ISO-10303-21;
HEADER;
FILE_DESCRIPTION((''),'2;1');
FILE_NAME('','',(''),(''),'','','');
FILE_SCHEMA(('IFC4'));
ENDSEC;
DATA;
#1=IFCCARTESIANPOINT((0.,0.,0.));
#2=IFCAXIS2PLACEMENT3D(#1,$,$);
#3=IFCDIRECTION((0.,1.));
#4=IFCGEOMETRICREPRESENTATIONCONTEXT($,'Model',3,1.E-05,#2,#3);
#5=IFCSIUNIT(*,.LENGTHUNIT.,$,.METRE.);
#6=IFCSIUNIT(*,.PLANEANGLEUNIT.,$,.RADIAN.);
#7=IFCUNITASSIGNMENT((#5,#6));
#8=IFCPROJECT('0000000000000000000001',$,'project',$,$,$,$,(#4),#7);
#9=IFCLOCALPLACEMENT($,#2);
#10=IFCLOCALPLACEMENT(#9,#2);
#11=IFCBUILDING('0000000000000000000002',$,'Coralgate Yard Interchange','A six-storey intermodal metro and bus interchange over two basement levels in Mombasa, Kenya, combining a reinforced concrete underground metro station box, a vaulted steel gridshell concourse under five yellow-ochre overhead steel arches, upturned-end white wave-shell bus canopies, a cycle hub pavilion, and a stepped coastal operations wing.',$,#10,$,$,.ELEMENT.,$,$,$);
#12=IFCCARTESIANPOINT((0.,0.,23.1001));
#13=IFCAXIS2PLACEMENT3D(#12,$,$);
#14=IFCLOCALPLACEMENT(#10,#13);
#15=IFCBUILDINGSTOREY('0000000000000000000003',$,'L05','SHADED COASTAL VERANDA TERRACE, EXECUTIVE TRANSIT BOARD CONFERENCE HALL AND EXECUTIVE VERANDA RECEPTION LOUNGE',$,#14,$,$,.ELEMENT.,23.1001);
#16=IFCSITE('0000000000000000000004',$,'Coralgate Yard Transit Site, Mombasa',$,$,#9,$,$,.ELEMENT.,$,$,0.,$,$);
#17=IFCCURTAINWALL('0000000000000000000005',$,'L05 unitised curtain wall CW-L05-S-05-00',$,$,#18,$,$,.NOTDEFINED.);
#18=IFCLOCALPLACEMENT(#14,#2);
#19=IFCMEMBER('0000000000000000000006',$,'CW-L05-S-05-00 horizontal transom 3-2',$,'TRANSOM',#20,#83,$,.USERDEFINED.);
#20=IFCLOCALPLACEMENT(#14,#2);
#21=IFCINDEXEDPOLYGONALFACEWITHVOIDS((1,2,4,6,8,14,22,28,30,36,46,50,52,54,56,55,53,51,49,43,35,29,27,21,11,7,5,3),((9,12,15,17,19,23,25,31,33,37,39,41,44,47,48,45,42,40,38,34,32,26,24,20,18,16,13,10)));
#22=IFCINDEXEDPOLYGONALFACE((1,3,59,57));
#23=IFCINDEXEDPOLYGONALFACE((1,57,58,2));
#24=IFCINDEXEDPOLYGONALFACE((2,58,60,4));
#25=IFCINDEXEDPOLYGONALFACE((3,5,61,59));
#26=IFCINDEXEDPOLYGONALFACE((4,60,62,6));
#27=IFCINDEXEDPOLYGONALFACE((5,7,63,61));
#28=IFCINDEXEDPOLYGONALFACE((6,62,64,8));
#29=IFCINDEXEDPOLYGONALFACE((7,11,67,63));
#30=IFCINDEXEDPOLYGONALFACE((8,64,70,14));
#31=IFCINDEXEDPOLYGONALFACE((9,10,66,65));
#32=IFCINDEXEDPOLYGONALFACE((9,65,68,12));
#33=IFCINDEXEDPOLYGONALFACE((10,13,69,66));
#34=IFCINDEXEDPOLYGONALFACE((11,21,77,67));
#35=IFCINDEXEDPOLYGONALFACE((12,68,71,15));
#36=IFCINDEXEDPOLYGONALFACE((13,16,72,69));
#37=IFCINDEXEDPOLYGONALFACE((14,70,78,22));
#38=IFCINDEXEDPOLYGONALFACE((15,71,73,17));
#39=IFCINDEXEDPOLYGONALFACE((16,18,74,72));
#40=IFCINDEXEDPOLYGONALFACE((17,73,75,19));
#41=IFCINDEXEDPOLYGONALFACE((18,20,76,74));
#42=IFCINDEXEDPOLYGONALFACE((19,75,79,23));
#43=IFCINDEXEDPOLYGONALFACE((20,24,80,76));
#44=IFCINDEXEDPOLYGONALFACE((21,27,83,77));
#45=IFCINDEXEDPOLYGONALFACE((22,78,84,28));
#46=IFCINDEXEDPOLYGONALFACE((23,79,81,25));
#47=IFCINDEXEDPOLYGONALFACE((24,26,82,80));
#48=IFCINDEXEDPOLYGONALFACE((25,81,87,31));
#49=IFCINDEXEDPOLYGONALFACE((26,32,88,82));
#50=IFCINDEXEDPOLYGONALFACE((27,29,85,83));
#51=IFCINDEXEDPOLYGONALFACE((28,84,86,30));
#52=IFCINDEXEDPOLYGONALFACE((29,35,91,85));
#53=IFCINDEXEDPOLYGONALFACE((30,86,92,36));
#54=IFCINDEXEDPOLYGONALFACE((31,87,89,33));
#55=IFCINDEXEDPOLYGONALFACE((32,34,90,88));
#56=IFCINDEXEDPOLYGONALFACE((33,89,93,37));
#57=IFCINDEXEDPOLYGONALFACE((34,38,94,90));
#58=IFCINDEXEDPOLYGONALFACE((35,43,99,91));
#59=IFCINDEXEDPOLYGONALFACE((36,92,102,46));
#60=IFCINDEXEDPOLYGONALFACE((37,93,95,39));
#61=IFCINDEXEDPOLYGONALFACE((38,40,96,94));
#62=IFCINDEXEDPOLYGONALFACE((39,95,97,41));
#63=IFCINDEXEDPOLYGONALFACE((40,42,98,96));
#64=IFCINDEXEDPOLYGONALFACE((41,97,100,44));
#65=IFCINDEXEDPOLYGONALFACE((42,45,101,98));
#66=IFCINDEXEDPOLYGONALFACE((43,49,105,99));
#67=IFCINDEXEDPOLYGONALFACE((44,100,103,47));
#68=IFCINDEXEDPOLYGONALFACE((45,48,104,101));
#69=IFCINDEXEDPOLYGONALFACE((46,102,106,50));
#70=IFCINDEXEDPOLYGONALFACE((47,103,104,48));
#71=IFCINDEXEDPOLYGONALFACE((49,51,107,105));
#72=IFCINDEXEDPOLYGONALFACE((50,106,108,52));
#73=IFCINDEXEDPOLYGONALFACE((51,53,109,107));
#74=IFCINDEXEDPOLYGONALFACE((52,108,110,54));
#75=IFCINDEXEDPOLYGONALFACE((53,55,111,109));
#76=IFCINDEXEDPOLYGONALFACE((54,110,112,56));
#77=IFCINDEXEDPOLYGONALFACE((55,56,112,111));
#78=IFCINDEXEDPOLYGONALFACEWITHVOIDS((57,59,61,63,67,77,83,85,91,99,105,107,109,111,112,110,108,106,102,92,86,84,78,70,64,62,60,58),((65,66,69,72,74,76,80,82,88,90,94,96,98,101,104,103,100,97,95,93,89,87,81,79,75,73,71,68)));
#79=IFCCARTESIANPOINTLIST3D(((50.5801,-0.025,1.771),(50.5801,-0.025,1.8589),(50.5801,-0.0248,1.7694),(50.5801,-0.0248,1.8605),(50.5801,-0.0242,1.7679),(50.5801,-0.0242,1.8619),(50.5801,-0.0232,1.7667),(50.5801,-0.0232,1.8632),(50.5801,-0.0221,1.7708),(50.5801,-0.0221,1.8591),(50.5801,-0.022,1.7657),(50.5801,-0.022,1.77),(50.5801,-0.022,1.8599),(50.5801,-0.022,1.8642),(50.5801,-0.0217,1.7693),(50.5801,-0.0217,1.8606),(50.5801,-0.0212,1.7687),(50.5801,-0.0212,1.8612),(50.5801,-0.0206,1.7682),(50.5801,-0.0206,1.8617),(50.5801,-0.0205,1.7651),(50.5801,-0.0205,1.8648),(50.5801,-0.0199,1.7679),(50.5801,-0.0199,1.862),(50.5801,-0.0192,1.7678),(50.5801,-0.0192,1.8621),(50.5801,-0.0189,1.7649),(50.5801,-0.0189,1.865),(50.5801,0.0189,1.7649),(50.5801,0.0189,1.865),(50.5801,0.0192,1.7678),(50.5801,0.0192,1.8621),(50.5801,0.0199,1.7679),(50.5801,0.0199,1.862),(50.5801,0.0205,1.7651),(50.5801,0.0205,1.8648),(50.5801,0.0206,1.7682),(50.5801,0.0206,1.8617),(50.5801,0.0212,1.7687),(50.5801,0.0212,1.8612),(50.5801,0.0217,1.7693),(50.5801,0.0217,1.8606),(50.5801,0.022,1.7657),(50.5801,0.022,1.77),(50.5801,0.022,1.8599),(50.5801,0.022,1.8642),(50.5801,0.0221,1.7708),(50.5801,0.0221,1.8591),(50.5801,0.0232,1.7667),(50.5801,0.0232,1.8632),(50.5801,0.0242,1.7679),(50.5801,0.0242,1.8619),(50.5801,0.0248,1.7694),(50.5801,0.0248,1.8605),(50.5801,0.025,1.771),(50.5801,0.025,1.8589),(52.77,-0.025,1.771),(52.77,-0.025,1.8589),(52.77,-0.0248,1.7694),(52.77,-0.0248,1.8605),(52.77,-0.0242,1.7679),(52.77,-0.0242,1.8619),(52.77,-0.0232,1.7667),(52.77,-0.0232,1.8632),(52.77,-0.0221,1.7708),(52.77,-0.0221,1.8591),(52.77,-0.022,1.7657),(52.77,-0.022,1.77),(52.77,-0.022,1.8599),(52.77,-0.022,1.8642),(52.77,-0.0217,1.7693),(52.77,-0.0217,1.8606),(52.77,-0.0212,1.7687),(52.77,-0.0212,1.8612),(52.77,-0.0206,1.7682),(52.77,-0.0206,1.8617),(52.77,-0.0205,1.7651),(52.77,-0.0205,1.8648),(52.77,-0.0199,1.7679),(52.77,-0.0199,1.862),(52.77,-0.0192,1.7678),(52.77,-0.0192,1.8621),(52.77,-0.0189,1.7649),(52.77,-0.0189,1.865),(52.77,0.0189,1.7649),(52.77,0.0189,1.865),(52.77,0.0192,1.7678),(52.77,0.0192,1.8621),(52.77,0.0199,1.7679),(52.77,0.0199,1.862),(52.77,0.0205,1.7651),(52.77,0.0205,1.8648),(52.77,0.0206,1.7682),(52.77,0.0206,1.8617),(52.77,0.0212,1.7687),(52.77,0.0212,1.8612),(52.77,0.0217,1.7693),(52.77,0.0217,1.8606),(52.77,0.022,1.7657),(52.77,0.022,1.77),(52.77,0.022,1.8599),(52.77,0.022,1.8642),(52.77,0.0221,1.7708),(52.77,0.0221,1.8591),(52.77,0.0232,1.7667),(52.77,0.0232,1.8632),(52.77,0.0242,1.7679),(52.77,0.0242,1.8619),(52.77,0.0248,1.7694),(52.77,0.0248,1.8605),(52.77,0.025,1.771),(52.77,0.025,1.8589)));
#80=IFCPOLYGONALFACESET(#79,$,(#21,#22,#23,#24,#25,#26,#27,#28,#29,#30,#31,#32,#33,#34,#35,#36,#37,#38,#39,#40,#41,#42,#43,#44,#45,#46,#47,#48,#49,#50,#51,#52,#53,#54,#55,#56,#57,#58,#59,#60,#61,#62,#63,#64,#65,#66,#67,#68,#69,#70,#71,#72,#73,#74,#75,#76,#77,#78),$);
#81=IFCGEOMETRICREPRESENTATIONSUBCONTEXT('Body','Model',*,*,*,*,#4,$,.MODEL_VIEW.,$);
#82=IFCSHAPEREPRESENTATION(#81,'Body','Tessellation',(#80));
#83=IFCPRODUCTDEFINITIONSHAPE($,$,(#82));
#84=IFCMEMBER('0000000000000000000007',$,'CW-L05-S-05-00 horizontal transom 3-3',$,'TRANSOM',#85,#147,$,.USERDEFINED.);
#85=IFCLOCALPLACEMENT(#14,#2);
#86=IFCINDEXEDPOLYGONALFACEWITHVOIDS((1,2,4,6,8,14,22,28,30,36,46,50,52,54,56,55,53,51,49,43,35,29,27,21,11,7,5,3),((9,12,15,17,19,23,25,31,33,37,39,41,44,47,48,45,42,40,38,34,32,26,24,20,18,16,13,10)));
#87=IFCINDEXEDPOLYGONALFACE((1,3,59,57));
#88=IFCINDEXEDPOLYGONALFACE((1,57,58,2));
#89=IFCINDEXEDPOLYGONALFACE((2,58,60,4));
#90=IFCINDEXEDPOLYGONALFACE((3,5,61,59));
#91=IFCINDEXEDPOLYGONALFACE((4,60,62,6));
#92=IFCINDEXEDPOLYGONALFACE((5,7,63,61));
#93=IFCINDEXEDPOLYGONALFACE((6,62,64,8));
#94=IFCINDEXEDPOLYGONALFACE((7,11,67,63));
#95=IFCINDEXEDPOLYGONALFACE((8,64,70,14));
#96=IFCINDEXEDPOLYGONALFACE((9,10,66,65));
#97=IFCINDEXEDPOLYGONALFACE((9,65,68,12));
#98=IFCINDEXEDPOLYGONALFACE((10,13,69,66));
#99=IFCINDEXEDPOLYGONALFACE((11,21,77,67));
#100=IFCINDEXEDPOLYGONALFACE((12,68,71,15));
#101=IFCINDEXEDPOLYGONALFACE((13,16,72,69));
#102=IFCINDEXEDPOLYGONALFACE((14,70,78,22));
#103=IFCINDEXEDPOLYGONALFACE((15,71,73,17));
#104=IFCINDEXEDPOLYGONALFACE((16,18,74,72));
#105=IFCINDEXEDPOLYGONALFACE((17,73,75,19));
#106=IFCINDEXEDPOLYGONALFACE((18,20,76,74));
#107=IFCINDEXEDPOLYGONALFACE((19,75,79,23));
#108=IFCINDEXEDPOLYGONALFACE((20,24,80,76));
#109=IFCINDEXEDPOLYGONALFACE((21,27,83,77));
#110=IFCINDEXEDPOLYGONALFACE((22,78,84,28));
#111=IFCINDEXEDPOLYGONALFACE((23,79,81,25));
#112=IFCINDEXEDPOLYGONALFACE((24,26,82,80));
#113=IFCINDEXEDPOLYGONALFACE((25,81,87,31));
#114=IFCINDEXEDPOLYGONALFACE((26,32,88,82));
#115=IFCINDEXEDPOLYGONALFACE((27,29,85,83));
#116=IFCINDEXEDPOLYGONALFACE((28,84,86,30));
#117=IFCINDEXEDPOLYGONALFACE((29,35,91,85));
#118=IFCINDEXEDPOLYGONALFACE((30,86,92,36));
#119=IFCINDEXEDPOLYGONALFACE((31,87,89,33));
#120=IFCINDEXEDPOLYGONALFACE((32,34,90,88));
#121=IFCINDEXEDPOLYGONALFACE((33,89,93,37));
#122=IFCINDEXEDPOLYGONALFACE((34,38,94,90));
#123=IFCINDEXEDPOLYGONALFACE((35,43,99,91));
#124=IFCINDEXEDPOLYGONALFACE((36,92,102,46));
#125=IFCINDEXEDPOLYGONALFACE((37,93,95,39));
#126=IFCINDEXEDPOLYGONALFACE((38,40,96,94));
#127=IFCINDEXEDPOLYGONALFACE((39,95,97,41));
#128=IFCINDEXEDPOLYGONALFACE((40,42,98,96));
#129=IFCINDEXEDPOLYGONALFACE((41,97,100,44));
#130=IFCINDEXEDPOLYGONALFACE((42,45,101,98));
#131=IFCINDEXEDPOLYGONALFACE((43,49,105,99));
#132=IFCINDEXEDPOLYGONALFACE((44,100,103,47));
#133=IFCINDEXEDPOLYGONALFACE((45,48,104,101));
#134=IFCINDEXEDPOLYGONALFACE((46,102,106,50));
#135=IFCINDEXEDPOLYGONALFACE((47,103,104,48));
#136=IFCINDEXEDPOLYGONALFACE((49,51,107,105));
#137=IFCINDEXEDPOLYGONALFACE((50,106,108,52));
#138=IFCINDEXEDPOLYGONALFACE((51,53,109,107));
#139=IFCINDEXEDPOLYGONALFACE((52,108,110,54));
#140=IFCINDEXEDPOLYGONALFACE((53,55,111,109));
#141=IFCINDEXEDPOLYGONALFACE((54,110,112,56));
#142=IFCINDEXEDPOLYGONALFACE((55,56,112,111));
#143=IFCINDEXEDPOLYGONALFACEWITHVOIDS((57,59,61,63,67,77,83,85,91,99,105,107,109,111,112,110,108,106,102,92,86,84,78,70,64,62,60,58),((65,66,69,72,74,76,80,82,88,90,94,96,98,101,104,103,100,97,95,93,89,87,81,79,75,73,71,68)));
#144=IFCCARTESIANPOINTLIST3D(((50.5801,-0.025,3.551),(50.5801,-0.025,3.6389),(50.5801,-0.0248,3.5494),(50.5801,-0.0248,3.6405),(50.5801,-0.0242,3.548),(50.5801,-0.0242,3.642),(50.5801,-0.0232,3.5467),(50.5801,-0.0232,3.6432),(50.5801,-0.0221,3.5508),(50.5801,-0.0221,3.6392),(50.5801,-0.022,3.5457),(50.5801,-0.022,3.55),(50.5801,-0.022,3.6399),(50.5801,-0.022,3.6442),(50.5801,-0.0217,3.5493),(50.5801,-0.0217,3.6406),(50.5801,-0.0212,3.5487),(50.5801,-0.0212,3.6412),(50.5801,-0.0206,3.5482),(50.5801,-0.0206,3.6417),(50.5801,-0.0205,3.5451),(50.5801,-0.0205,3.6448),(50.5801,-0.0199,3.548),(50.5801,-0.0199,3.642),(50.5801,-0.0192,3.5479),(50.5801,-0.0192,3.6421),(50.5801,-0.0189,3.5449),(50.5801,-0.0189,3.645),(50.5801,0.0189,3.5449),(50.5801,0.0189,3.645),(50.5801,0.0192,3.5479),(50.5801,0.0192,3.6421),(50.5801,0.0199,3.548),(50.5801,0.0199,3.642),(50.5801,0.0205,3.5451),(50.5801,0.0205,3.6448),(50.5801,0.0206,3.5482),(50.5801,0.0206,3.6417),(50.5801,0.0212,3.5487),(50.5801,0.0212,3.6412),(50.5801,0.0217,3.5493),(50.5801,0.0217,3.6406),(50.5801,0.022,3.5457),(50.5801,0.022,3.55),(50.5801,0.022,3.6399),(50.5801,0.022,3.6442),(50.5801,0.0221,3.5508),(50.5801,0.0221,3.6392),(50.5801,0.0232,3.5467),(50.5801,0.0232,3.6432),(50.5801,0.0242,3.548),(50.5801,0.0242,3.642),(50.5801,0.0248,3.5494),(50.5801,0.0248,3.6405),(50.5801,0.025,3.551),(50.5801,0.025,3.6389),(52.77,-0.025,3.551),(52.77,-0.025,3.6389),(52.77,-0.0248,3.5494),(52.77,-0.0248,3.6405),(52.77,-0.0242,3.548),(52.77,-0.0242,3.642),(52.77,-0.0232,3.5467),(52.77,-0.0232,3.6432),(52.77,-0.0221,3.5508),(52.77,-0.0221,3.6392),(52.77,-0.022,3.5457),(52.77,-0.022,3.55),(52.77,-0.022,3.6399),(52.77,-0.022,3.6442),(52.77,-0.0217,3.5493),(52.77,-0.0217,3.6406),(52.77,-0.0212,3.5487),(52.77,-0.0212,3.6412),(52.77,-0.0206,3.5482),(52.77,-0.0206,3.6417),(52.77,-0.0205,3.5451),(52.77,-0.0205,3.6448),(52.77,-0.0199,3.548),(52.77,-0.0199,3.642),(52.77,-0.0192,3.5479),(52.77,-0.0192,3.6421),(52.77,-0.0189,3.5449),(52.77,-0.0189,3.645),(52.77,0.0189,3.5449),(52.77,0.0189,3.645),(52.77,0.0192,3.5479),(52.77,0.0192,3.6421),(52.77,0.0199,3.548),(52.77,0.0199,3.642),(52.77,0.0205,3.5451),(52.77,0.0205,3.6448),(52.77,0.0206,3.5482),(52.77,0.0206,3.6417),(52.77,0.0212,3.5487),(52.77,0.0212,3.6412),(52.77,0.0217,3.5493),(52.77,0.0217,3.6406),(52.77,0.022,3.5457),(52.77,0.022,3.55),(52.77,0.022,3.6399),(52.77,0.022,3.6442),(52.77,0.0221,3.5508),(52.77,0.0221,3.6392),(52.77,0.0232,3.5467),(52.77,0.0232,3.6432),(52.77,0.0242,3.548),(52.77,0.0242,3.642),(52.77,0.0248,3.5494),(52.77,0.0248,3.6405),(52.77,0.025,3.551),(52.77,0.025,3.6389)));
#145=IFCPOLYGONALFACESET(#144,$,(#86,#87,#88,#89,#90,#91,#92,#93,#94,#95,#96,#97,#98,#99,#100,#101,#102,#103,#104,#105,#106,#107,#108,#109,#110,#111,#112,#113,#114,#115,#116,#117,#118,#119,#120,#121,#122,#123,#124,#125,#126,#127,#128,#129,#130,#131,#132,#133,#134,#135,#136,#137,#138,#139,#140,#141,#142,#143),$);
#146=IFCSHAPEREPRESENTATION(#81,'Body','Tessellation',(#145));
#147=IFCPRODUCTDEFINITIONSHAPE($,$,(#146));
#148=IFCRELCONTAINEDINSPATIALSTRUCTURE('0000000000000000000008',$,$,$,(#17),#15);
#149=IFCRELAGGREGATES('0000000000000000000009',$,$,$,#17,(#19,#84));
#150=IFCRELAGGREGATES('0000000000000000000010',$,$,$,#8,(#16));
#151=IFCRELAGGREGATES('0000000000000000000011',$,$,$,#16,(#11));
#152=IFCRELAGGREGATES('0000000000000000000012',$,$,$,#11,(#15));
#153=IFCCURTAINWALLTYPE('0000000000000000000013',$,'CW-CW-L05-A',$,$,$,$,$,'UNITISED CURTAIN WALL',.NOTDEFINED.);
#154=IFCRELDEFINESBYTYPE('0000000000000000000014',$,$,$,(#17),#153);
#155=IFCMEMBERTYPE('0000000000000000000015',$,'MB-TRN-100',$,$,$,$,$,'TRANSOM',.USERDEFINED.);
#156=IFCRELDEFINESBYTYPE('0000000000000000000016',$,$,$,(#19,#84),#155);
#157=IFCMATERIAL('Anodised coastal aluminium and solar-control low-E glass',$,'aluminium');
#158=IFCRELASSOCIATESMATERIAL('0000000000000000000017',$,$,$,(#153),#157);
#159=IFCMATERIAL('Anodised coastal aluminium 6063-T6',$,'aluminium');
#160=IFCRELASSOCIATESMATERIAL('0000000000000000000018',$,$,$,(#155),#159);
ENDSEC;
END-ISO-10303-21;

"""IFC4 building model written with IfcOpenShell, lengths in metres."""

from ifc_helpers import new_model, si_unit, direction, frame, origin, origin_2d, place, context, subcontext, project, spatial, hollow_rectangle, extrude, material, material_profile, profile_set, type_object, element, aggregate, save


model = new_model("IFC4")

# Units and contexts
model_context = context("Model", 3, precision=1e-05, world=origin(), true_north=direction((0.0, 1.0)))
body_context = subcontext(model_context, "Body", "Model", "MODEL_VIEW")
ifc_project = project(units=[si_unit("LENGTHUNIT", "METRE"), si_unit("PLANEANGLEUNIT", "RADIAN")], contexts=[model_context])

# Site, building, storey
site_placement = place(None, origin())
site = spatial("IfcSite", under=ifc_project, at=site_placement, Name="Coralgate Yard Transit Site, Mombasa", CompositionType="ELEMENT", RefElevation=0.0)
building_placement = place(site_placement, origin())
building = spatial("IfcBuilding", under=site, at=building_placement, Name="Coralgate Yard Interchange", Description="A six-storey intermodal metro and bus interchange over two basement levels in Mombasa, Kenya, combining a reinforced concrete underground metro station box, a vaulted steel gridshell concourse under five yellow-ochre overhead steel arches, upturned-end white wave-shell bus canopies, a cycle hub pavilion, and a stepped coastal operations wing.", CompositionType="ELEMENT")
storey_placement = place(building_placement, frame((0.0, 0.0, 23.1001)))
storey = spatial("IfcBuildingStorey", under=building, at=storey_placement, Name="L05", Description="SHADED COASTAL VERANDA TERRACE, EXECUTIVE TRANSIT BOARD CONFERENCE HALL AND EXECUTIVE VERANDA RECEPTION LOUNGE", CompositionType="ELEMENT", Elevation=23.1001)

# Curtain wall, members
ifc_material_1 = material(Name="Anodised coastal aluminium and solar-control low-E glass", Category="aluminium")
curtain_wall_type = type_object("IfcCurtainWallType", Name="CW-CW-L05-A", ElementType="UNITISED CURTAIN WALL", PredefinedType="NOTDEFINED", material=ifc_material_1)
curtain_wall_placement = place(storey_placement, origin())
curtain_wall = element("IfcCurtainWall", 1, at=curtain_wall_placement, inside=storey, type_object=curtain_wall_type, Name="L05 unitised curtain wall CW-L05-S-05-00", PredefinedType="NOTDEFINED")
ifc_material_2 = material(Name="Anodised coastal aluminium 6063-T6", Category="aluminium")
ifc_material_profile_1 = material_profile(ifc_material_2, hollow_rectangle(XDim=0.05, YDim=0.1001, WallThickness=0.0029, InnerFilletRadius=0.0029, OuterFilletRadius=0.0061, at=origin_2d()), Name="ALU 50x100x3")
ifc_profile_set_1 = profile_set([ifc_material_profile_1], Name="Anodised coastal aluminium 6063-T6")
member_type_1 = type_object("IfcMemberType", Name="MB-TRN-100", ElementType="TRANSOM", PredefinedType="USERDEFINED", material=ifc_profile_set_1)
member_1_placement = place(storey_placement, frame((52.77, 0.0, 1.8149), z_axis=(-1.0, 0.0, 0.0), x_axis=(0.0, -1.0, 0.0)))
member_1 = element("IfcMember", 2, at=member_1_placement, type_object=member_type_1, Name="CW-L05-S-05-00 horizontal transom 3-2", ObjectType="TRANSOM", PredefinedType="USERDEFINED", context=body_context, shape_type="SweptSolid", body=[
    extrude(hollow_rectangle(XDim=0.05, YDim=0.1001, WallThickness=0.0029, InnerFilletRadius=0.0029, OuterFilletRadius=0.0061, at=origin_2d()), origin(), (0.0, 0.0, 1.0), 2.1899),
])
member_2_placement = place(storey_placement, frame((52.77, 0.0, 3.595), z_axis=(-1.0, 0.0, 0.0), x_axis=(0.0, -1.0, 0.0)))
member_2 = element("IfcMember", 3, at=member_2_placement, type_object=member_type_1, Name="CW-L05-S-05-00 horizontal transom 3-3", ObjectType="TRANSOM", PredefinedType="USERDEFINED", context=body_context, shape_type="SweptSolid", body=[
    extrude(hollow_rectangle(XDim=0.05, YDim=0.1001, WallThickness=0.0029, InnerFilletRadius=0.0029, OuterFilletRadius=0.0061, at=origin_2d()), origin(), (0.0, 0.0, 1.0), 2.1899),
])
aggregate(curtain_wall, [member_1, member_2])

save(model, "model.ifc")
